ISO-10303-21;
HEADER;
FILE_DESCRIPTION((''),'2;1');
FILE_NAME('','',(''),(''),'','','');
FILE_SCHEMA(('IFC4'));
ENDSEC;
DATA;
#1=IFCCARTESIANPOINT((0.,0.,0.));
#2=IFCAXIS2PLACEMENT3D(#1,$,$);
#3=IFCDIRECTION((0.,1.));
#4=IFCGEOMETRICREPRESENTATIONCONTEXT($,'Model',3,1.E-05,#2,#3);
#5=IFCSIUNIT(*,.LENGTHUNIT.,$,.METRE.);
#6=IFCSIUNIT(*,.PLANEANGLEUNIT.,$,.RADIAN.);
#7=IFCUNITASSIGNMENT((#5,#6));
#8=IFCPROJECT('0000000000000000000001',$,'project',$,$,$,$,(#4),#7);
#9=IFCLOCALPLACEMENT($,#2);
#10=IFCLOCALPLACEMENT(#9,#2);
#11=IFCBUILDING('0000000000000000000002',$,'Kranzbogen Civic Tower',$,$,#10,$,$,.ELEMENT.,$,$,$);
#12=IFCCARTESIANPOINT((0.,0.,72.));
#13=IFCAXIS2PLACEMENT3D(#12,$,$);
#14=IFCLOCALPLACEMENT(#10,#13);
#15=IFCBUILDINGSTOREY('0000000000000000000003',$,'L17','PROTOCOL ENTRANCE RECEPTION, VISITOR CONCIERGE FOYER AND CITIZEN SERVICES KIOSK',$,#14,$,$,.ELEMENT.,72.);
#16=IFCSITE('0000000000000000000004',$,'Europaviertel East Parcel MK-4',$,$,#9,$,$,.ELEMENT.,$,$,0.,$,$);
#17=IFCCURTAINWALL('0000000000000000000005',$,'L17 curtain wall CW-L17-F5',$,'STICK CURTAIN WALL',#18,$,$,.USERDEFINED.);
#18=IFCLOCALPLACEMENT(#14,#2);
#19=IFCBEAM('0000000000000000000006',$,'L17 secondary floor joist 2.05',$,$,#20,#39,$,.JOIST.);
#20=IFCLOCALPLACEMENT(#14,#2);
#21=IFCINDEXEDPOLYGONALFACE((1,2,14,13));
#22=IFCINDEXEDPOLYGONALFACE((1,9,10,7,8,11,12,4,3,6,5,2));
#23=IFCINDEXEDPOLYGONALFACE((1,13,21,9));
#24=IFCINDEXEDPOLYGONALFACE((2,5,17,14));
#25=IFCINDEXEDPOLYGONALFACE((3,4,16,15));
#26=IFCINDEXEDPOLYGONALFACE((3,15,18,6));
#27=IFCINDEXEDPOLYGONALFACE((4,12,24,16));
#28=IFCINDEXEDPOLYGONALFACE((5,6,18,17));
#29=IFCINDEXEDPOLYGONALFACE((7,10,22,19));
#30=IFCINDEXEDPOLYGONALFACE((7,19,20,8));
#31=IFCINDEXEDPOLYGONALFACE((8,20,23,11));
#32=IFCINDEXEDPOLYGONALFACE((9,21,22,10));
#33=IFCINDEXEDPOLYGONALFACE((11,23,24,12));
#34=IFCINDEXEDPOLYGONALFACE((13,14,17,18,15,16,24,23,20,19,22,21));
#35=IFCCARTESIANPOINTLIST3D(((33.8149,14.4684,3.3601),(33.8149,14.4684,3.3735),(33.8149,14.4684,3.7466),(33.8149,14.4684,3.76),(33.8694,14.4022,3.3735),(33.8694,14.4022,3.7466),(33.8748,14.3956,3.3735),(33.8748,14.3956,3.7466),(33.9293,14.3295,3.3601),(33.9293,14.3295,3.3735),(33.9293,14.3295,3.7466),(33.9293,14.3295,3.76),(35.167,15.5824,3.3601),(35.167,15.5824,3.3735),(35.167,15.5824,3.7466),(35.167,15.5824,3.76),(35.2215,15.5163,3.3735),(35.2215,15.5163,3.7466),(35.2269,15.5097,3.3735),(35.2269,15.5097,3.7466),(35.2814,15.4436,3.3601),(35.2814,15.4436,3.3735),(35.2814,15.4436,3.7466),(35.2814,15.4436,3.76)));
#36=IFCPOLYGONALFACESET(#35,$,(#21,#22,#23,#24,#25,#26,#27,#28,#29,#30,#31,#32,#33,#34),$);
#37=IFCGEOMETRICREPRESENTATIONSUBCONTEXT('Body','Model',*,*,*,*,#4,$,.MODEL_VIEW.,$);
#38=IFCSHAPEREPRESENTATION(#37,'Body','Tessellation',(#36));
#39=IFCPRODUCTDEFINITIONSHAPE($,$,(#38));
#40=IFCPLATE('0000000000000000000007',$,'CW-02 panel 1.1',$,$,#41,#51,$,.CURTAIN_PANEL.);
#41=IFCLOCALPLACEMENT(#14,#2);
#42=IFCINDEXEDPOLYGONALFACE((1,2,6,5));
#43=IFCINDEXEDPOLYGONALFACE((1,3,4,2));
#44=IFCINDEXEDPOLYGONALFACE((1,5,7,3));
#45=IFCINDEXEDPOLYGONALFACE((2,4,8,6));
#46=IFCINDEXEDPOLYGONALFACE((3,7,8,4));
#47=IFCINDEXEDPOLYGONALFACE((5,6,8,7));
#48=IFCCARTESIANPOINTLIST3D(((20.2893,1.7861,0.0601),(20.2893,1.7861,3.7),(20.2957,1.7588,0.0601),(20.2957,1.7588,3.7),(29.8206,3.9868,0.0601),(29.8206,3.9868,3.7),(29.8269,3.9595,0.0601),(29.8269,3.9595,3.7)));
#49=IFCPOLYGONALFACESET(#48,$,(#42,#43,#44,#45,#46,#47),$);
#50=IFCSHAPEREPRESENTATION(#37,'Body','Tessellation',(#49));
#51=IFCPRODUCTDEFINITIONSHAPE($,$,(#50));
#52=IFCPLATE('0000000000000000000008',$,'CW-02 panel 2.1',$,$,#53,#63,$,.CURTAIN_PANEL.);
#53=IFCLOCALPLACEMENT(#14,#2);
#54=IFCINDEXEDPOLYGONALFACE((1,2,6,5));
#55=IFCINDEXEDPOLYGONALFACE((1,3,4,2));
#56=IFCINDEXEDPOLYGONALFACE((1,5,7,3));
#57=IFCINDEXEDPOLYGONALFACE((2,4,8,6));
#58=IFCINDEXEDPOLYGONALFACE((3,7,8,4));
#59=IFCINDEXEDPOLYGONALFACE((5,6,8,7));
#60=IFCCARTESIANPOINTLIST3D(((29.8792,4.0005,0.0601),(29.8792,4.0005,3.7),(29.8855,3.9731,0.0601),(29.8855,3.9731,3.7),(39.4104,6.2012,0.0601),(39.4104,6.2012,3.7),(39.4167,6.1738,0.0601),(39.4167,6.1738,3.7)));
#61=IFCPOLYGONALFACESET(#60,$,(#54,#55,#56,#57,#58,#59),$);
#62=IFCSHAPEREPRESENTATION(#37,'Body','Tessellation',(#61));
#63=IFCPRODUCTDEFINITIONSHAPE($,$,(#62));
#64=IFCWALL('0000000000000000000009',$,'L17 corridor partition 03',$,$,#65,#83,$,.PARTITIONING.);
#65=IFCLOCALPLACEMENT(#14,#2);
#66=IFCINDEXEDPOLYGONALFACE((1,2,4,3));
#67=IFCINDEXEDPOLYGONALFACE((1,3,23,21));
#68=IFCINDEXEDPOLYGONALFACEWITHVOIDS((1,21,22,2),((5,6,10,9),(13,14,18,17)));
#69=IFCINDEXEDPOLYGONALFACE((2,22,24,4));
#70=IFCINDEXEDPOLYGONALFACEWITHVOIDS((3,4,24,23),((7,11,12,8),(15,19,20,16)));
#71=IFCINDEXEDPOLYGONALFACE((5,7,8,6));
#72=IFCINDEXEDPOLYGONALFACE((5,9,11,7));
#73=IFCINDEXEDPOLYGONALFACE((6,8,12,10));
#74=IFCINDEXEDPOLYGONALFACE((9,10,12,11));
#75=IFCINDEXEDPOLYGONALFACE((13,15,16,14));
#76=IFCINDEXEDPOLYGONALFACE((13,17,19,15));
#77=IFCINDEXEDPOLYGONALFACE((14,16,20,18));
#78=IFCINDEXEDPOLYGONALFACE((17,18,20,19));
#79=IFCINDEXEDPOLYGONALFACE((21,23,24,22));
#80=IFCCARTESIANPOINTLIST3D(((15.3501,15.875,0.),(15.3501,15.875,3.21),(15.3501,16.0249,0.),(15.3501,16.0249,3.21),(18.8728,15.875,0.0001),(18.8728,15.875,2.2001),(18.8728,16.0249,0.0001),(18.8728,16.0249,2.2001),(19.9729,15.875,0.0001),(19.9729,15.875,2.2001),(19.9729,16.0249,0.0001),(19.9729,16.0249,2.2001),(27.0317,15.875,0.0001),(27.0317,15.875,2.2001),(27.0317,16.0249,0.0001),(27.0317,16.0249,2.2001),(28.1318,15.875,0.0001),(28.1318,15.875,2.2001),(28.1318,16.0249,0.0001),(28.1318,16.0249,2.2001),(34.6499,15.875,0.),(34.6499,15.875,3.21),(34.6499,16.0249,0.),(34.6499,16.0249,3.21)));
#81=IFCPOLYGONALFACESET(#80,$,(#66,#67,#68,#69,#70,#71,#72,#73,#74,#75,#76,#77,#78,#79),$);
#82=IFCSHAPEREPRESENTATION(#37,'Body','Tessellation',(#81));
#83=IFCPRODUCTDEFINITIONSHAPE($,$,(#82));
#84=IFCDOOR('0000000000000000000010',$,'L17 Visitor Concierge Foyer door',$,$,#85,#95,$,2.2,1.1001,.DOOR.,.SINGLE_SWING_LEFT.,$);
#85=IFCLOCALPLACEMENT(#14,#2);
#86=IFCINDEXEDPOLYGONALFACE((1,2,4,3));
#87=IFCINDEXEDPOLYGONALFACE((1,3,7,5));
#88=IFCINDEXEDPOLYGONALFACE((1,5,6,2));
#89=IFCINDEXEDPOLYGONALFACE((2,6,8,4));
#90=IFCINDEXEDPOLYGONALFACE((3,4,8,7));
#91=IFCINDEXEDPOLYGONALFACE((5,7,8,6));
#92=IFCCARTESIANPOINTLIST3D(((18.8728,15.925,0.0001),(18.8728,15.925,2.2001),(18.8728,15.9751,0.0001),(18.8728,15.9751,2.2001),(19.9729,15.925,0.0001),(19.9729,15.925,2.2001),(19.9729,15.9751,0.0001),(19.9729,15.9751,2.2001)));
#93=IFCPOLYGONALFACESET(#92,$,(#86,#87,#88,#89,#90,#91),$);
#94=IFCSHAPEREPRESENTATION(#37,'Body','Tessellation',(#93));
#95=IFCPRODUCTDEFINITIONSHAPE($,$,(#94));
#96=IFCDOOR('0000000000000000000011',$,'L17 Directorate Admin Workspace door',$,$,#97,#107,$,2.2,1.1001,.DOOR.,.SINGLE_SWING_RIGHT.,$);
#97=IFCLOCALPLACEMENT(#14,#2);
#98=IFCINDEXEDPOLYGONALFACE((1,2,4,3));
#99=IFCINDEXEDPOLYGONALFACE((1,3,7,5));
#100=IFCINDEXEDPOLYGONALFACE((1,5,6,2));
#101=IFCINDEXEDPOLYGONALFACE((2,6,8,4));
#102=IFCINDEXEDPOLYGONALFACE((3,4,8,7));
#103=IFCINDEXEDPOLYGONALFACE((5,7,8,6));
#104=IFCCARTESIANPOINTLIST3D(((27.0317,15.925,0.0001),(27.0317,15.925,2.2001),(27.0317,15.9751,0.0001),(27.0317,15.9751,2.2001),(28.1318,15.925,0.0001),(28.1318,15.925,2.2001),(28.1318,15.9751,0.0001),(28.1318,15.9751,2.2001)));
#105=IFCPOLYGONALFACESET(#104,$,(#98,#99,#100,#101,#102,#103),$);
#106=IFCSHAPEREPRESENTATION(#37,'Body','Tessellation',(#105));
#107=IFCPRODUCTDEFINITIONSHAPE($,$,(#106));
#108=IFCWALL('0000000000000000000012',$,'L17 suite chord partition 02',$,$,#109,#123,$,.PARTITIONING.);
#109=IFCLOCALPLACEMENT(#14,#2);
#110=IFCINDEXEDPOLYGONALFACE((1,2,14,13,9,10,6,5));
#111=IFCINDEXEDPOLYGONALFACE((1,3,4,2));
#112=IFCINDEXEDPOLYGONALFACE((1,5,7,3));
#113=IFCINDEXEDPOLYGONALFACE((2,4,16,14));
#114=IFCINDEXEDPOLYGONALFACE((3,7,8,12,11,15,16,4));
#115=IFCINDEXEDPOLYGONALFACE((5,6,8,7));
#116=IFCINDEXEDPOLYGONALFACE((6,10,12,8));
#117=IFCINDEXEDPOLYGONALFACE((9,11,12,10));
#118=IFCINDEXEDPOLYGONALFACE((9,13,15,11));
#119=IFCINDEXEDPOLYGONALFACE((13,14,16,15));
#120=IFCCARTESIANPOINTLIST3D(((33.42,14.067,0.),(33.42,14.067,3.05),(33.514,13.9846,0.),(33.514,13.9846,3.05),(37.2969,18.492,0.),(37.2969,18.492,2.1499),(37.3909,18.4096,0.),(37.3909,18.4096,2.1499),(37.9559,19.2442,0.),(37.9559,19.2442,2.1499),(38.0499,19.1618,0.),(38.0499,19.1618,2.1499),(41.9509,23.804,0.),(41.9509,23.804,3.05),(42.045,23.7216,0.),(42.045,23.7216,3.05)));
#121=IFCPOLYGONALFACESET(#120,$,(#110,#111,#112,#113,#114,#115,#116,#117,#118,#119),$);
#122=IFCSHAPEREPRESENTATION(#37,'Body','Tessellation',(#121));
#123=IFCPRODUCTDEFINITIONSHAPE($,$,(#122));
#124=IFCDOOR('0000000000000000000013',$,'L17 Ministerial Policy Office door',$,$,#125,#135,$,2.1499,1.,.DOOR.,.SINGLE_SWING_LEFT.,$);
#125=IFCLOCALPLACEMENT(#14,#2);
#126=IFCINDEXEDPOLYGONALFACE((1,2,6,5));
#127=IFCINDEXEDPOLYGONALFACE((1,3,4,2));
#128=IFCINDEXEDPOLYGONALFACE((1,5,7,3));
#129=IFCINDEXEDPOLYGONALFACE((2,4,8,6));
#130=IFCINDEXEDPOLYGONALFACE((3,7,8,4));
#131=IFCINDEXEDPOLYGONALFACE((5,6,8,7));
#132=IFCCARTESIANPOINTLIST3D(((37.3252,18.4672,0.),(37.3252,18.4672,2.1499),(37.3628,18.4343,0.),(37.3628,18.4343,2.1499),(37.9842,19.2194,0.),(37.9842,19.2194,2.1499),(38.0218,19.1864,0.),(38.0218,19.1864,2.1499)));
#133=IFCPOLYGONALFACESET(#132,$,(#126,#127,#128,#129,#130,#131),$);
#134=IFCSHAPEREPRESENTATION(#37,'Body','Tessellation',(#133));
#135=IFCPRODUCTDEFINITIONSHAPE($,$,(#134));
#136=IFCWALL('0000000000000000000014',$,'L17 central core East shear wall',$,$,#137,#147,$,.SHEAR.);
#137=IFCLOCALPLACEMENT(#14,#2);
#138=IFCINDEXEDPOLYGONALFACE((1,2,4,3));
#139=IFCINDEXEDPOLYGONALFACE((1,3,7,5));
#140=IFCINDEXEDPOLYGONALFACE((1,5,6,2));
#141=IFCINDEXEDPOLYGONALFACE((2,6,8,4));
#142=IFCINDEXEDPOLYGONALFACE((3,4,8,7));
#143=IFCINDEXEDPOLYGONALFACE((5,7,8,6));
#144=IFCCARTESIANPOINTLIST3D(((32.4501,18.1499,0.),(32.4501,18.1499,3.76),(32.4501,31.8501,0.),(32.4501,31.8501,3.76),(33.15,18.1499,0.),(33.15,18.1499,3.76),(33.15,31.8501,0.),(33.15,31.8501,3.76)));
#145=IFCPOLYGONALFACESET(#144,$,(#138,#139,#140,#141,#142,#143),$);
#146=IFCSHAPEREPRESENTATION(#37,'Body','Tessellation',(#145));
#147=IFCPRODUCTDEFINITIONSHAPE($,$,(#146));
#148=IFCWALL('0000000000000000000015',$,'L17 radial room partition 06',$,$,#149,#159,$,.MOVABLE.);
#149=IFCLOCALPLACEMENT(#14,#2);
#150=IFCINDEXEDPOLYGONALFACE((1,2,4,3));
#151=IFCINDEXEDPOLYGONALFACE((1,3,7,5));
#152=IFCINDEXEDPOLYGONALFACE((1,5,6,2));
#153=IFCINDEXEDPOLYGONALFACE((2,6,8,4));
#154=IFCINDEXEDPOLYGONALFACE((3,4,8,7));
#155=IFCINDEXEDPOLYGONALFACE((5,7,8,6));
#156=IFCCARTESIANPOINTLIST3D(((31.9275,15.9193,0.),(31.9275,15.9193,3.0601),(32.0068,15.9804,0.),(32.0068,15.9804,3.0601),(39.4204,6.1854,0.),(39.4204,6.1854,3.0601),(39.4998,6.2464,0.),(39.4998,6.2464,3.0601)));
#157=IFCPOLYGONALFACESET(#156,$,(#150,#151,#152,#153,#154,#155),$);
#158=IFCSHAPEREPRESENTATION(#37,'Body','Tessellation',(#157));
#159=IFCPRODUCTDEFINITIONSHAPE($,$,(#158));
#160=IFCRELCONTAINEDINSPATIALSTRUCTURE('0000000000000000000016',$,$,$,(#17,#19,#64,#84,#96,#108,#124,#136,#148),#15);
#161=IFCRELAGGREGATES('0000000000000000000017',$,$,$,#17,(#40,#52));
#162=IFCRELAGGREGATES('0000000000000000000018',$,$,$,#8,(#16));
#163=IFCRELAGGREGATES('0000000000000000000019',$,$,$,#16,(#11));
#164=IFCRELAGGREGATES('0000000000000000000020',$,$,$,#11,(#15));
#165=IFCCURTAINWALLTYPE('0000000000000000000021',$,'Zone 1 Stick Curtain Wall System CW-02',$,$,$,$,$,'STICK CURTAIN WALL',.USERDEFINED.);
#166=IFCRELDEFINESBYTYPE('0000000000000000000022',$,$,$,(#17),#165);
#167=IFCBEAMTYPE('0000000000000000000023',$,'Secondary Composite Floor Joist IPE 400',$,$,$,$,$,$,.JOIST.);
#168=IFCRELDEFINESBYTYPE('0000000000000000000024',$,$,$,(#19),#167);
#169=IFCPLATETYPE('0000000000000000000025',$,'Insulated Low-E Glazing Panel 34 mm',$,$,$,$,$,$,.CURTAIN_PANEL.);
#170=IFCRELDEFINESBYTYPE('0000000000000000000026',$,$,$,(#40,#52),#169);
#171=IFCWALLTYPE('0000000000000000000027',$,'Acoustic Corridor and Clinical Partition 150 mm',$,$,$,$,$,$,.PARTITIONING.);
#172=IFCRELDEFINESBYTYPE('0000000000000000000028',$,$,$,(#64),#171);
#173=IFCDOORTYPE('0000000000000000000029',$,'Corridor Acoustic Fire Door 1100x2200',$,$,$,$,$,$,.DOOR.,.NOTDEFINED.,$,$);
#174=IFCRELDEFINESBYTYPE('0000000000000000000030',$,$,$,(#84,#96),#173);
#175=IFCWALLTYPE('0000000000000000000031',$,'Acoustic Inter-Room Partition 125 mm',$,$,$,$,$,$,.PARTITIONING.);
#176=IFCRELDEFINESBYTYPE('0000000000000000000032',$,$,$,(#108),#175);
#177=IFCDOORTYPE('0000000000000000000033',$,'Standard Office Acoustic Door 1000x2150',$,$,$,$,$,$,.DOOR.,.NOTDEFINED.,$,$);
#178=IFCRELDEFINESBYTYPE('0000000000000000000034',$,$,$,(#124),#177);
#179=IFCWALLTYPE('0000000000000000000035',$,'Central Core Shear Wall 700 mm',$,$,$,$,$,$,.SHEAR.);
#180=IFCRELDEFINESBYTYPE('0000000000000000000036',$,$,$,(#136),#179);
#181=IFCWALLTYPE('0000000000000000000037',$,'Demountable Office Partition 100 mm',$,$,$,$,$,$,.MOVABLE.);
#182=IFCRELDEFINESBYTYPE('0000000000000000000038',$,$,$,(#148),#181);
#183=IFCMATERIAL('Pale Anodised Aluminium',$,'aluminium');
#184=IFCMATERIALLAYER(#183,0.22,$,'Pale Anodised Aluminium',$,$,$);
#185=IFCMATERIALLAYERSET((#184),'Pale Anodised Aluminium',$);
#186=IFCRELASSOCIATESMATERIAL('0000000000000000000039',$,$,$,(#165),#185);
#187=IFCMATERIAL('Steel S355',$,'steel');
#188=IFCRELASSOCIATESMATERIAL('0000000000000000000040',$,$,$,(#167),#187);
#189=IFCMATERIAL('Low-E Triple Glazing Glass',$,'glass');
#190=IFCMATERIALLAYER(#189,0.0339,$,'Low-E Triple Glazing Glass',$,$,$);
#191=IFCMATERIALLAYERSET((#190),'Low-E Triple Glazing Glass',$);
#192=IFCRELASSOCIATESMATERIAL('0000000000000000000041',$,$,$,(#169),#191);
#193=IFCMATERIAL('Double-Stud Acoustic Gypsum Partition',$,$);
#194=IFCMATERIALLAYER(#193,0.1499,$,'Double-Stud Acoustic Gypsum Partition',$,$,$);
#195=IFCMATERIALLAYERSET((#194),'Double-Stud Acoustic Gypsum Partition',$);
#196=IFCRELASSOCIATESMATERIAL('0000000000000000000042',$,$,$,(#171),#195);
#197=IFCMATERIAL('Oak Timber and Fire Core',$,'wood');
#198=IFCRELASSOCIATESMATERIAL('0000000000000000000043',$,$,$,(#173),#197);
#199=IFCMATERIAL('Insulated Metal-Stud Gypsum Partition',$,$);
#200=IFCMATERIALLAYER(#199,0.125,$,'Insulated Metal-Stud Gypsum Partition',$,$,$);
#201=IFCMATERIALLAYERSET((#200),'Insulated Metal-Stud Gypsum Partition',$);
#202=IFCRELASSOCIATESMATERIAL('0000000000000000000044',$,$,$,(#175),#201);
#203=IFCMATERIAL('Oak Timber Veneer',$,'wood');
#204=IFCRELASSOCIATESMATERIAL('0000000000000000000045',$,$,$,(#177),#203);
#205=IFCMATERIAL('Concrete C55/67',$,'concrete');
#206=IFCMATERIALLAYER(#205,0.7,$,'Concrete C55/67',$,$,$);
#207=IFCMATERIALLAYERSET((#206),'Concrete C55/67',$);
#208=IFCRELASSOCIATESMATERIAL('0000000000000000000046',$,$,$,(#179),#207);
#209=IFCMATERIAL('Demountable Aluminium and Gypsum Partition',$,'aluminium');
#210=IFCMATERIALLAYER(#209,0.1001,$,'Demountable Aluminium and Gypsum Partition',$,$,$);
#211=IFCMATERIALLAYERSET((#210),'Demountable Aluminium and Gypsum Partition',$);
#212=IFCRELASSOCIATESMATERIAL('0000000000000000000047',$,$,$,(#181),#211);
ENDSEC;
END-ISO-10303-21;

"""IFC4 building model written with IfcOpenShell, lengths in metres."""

from ifc_helpers import new_model, si_unit, direction, frame, frame_2d, origin, origin_2d, place, context, subcontext, project, spatial, rectangle, i_section, extrude, material, layer, layer_set, material_profile, profile_set, type_object, element, fill, aggregate, save


model = new_model("IFC4")

# Units and contexts
model_context = context("Model", 3, precision=1e-05, world=origin(), true_north=direction((0.0, 1.0)))
body_context = subcontext(model_context, "Body", "Model", "MODEL_VIEW")
ifc_project = project(units=[si_unit("LENGTHUNIT", "METRE"), si_unit("PLANEANGLEUNIT", "RADIAN")], contexts=[model_context])

# Site, building, storey
site_placement = place(None, origin())
site = spatial("IfcSite", under=ifc_project, at=site_placement, Name="Europaviertel East Parcel MK-4", CompositionType="ELEMENT", RefElevation=0.0)
building_placement = place(site_placement, origin())
building = spatial("IfcBuilding", under=site, at=building_placement, Name="Kranzbogen Civic Tower", CompositionType="ELEMENT")
storey_placement = place(building_placement, frame((0.0, 0.0, 72.0)))
storey = spatial("IfcBuildingStorey", under=building, at=storey_placement, Name="L17", Description="PROTOCOL ENTRANCE RECEPTION, VISITOR CONCIERGE FOYER AND CITIZEN SERVICES KIOSK", CompositionType="ELEMENT", Elevation=72.0)

# Shared definitions
ifc_material_1 = material(Name="Steel S355", Category="steel")

# Curtain wall
ifc_material_2 = material(Name="Pale Anodised Aluminium", Category="aluminium")
ifc_layer_1 = layer(ifc_material_2, 0.22, Name="Pale Anodised Aluminium")
ifc_layer_set_1 = layer_set([ifc_layer_1], Name="Pale Anodised Aluminium")
curtain_wall_type = type_object("IfcCurtainWallType", Name="Zone 1 Stick Curtain Wall System CW-02", ElementType="STICK CURTAIN WALL", PredefinedType="USERDEFINED", material=ifc_layer_set_1)
curtain_wall_placement = place(storey_placement, origin())
curtain_wall = element("IfcCurtainWall", 1, at=curtain_wall_placement, inside=storey, type_object=curtain_wall_type, Name="L17 curtain wall CW-L17-F5", ObjectType="STICK CURTAIN WALL", PredefinedType="USERDEFINED")

# Beam
ifc_material_profile_1 = material_profile(ifc_material_1, i_section(OverallWidth=0.1799, OverallDepth=0.3999, WebThickness=0.0085, FlangeThickness=0.0134, at=origin_2d()), Name="IPE 400")
ifc_profile_set_1 = profile_set([ifc_material_profile_1], Name="Steel S355")
beam_type_1 = type_object("IfcBeamType", Name="Secondary Composite Floor Joist IPE 400", PredefinedType="JOIST", material=ifc_profile_set_1)
beam_1_placement = place(storey_placement, frame((33.8721, 14.3989, 3.5601), z_axis=(0.771773, 0.635898, 0.0), x_axis=(-0.635898, 0.771773, 0.0)))
element("IfcBeam", 2, at=beam_1_placement, inside=storey, type_object=beam_type_1, Name="L17 secondary floor joist 2.05", PredefinedType="JOIST", context=body_context, shape_type="SweptSolid", body=[
    extrude(i_section(OverallWidth=0.1799, OverallDepth=0.3999, WebThickness=0.0085, FlangeThickness=0.0134, at=origin_2d()), origin(), (0.0, 0.0, 1.0), 1.752),
])

# Plates
ifc_material_3 = material(Name="Low-E Triple Glazing Glass", Category="glass")
ifc_layer_2 = layer(ifc_material_3, 0.0339, Name="Low-E Triple Glazing Glass")
ifc_layer_set_2 = layer_set([ifc_layer_2], Name="Low-E Triple Glazing Glass")
plate_type = type_object("IfcPlateType", Name="Insulated Low-E Glazing Panel 34 mm", PredefinedType="CURTAIN_PANEL", material=ifc_layer_set_2)
plate_1_placement = place(storey_placement, frame((25.0581, 2.8728, 0.0601), z_axis=(0.0, 0.0, 1.0), x_axis=(0.974364, 0.224978, 0.0)))
plate_1 = element("IfcPlate", 3, at=plate_1_placement, type_object=plate_type, Name="CW-02 panel 1.1", PredefinedType="CURTAIN_PANEL", context=body_context, shape_type="SweptSolid", body=[
    extrude(rectangle(XDim=9.782, YDim=0.0281, at=origin_2d()), origin(), (0.0, 0.0, 1.0), 3.6399),
])
plate_2_placement = place(storey_placement, frame((34.6479, 5.0872, 0.0601), z_axis=(0.0, 0.0, 1.0), x_axis=(0.974364, 0.224978, 0.0)))
plate_2 = element("IfcPlate", 4, at=plate_2_placement, type_object=plate_type, Name="CW-02 panel 2.1", PredefinedType="CURTAIN_PANEL", context=body_context, shape_type="SweptSolid", body=[
    extrude(rectangle(XDim=9.782, YDim=0.0281, at=origin_2d()), origin(), (0.0, 0.0, 1.0), 3.6399),
])
aggregate(curtain_wall, [plate_1, plate_2])

# Wall, openings, doors
ifc_material_4 = material(Name="Double-Stud Acoustic Gypsum Partition")
ifc_layer_3 = layer(ifc_material_4, 0.1499, Name="Double-Stud Acoustic Gypsum Partition")
ifc_layer_set_3 = layer_set([ifc_layer_3], Name="Double-Stud Acoustic Gypsum Partition")
wall_type_1 = type_object("IfcWallType", Name="Acoustic Corridor and Clinical Partition 150 mm", PredefinedType="PARTITIONING", material=ifc_layer_set_3)
wall_1_placement = place(storey_placement, frame((34.6499, 15.95, 0.0), z_axis=(0.0, 0.0, 1.0), x_axis=(-1.0, 0.0, 0.0)))
wall_1 = element("IfcWall", 5, at=wall_1_placement, inside=storey, type_object=wall_type_1, Name="L17 corridor partition 03", PredefinedType="PARTITIONING", context=body_context, shape_type="SweptSolid", body=[
    extrude(rectangle(XDim=19.2998, YDim=0.1499, at=frame_2d((9.6499, 0.0))), origin(), (0.0, 0.0, 1.0), 3.21),
])
opening_1_placement = place(wall_1_placement, frame((14.677, 0.0, 0.0)))
opening_1 = element("IfcOpeningElement", 6, at=opening_1_placement, cuts=wall_1, PredefinedType="OPENING", context=body_context, shape_type="SweptSolid", body=[
    extrude(rectangle(XDim=1.1001, YDim=2.2, at=frame_2d((0.55, 1.1001))), frame((0.0, 0.085, 0.0), z_axis=(0.0, -1.0, 0.0), x_axis=(1.0, 0.0, 0.0)), (0.0, 0.0, 1.0), 0.1699),
])
opening_2_placement = place(wall_1_placement, frame((6.5181, 0.0, 0.0)))
opening_2 = element("IfcOpeningElement", 7, at=opening_2_placement, cuts=wall_1, PredefinedType="OPENING", context=body_context, shape_type="SweptSolid", body=[
    extrude(rectangle(XDim=1.1001, YDim=2.2, at=frame_2d((0.55, 1.1001))), frame((0.0, 0.085, 0.0), z_axis=(0.0, -1.0, 0.0), x_axis=(1.0, 0.0, 0.0)), (0.0, 0.0, 1.0), 0.1699),
])
ifc_material_5 = material(Name="Oak Timber and Fire Core", Category="wood")
door_type_1 = type_object("IfcDoorType", Name="Corridor Acoustic Fire Door 1100x2200", OperationType="NOTDEFINED", PredefinedType="DOOR", material=ifc_material_5)
door_1_placement = place(opening_1_placement, origin())
door_1 = element("IfcDoor", 8, at=door_1_placement, inside=storey, type_object=door_type_1, Name="L17 Visitor Concierge Foyer door", OperationType="SINGLE_SWING_LEFT", OverallHeight=2.2, OverallWidth=1.1001, PredefinedType="DOOR", context=body_context, shape_type="SweptSolid", body=[
    extrude(rectangle(XDim=1.1001, YDim=2.2, at=frame_2d((0.55, 1.1001))), frame((0.0, 0.0249, 0.0), z_axis=(0.0, -1.0, 0.0), x_axis=(1.0, 0.0, 0.0)), (0.0, 0.0, 1.0), 0.05),
])
fill(opening_1, door_1)
door_2_placement = place(opening_2_placement, origin())
door_2 = element("IfcDoor", 9, at=door_2_placement, inside=storey, type_object=door_type_1, Name="L17 Directorate Admin Workspace door", OperationType="SINGLE_SWING_RIGHT", OverallHeight=2.2, OverallWidth=1.1001, PredefinedType="DOOR", context=body_context, shape_type="SweptSolid", body=[
    extrude(rectangle(XDim=1.1001, YDim=2.2, at=frame_2d((0.55, 1.1001))), frame((0.0, 0.0249, 0.0), z_axis=(0.0, -1.0, 0.0), x_axis=(1.0, 0.0, 0.0)), (0.0, 0.0, 1.0), 0.05),
])
fill(opening_2, door_2)

# Wall, opening, door
ifc_material_6 = material(Name="Insulated Metal-Stud Gypsum Partition")
ifc_layer_4 = layer(ifc_material_6, 0.125, Name="Insulated Metal-Stud Gypsum Partition")
ifc_layer_set_4 = layer_set([ifc_layer_4], Name="Insulated Metal-Stud Gypsum Partition")
wall_type_2 = type_object("IfcWallType", Name="Acoustic Inter-Room Partition 125 mm", PredefinedType="PARTITIONING", material=ifc_layer_set_4)
wall_2_placement = place(storey_placement, frame((33.467, 14.0259, 0.0), z_axis=(0.0, 0.0, 1.0), x_axis=(0.658989, 0.752152, 0.0)))
wall_2 = element("IfcWall", 10, at=wall_2_placement, inside=storey, type_object=wall_type_2, Name="L17 suite chord partition 02", PredefinedType="PARTITIONING", context=body_context, shape_type="SweptSolid", body=[
    extrude(rectangle(XDim=12.9456, YDim=0.125, at=frame_2d((6.4727, 0.0))), origin(), (0.0, 0.0, 1.0), 3.05),
])
opening_3_placement = place(wall_2_placement, frame((5.8831, 0.0, 0.0)))
opening_3 = element("IfcOpeningElement", 11, at=opening_3_placement, cuts=wall_2, PredefinedType="OPENING", context=body_context, shape_type="SweptSolid", body=[
    extrude(rectangle(XDim=1.0, YDim=2.1499, at=frame_2d((0.5, 1.075))), frame((0.0, 0.0725, 0.0), z_axis=(0.0, -1.0, 0.0), x_axis=(1.0, 0.0, 0.0)), (0.0, 0.0, 1.0), 0.145),
])
ifc_material_7 = material(Name="Oak Timber Veneer", Category="wood")
door_type_2 = type_object("IfcDoorType", Name="Standard Office Acoustic Door 1000x2150", OperationType="NOTDEFINED", PredefinedType="DOOR", material=ifc_material_7)
door_3_placement = place(opening_3_placement, origin())
door_3 = element("IfcDoor", 12, at=door_3_placement, inside=storey, type_object=door_type_2, Name="L17 Ministerial Policy Office door", OperationType="SINGLE_SWING_LEFT", OverallHeight=2.1499, OverallWidth=1.0, PredefinedType="DOOR", context=body_context, shape_type="SweptSolid", body=[
    extrude(rectangle(XDim=1.0, YDim=2.1499, at=frame_2d((0.5, 1.075))), frame((0.0, 0.0249, 0.0), z_axis=(0.0, -1.0, 0.0), x_axis=(1.0, 0.0, 0.0)), (0.0, 0.0, 1.0), 0.05),
])
fill(opening_3, door_3)

# Walls
ifc_material_8 = material(Name="Concrete C55/67", Category="concrete")
ifc_layer_5 = layer(ifc_material_8, 0.7, Name="Concrete C55/67")
ifc_layer_set_5 = layer_set([ifc_layer_5], Name="Concrete C55/67")
wall_type_3 = type_object("IfcWallType", Name="Central Core Shear Wall 700 mm", PredefinedType="SHEAR", material=ifc_layer_set_5)
wall_3_placement = place(storey_placement, frame((32.8, 18.1499, 0.0), z_axis=(0.0, 0.0, 1.0), x_axis=(0.0, 1.0, 0.0)))
element("IfcWall", 13, at=wall_3_placement, inside=storey, type_object=wall_type_3, Name="L17 central core East shear wall", PredefinedType="SHEAR", context=body_context, shape_type="SweptSolid", body=[
    extrude(rectangle(XDim=13.7002, YDim=0.7, at=frame_2d((6.8501, 0.0))), origin(), (0.0, 0.0, 1.0), 3.76),
])
ifc_material_9 = material(Name="Demountable Aluminium and Gypsum Partition", Category="aluminium")
ifc_layer_6 = layer(ifc_material_9, 0.1001, Name="Demountable Aluminium and Gypsum Partition")
ifc_layer_set_6 = layer_set([ifc_layer_6], Name="Demountable Aluminium and Gypsum Partition")
wall_type_4 = type_object("IfcWallType", Name="Demountable Office Partition 100 mm", PredefinedType="MOVABLE", material=ifc_layer_set_6)
wall_4_placement = place(storey_placement, frame((31.967, 15.95, 0.0), z_axis=(0.0, 0.0, 1.0), x_axis=(0.609983, -0.792415, 0.0)))
element("IfcWall", 14, at=wall_4_placement, inside=storey, type_object=wall_type_4, Name="L17 radial room partition 06", PredefinedType="MOVABLE", context=body_context, shape_type="SweptSolid", body=[
    extrude(rectangle(XDim=12.2839, YDim=0.1001, at=frame_2d((6.1421, 0.0))), origin(), (0.0, 0.0, 1.0), 3.0601),
])

save(model, "model.ifc")
